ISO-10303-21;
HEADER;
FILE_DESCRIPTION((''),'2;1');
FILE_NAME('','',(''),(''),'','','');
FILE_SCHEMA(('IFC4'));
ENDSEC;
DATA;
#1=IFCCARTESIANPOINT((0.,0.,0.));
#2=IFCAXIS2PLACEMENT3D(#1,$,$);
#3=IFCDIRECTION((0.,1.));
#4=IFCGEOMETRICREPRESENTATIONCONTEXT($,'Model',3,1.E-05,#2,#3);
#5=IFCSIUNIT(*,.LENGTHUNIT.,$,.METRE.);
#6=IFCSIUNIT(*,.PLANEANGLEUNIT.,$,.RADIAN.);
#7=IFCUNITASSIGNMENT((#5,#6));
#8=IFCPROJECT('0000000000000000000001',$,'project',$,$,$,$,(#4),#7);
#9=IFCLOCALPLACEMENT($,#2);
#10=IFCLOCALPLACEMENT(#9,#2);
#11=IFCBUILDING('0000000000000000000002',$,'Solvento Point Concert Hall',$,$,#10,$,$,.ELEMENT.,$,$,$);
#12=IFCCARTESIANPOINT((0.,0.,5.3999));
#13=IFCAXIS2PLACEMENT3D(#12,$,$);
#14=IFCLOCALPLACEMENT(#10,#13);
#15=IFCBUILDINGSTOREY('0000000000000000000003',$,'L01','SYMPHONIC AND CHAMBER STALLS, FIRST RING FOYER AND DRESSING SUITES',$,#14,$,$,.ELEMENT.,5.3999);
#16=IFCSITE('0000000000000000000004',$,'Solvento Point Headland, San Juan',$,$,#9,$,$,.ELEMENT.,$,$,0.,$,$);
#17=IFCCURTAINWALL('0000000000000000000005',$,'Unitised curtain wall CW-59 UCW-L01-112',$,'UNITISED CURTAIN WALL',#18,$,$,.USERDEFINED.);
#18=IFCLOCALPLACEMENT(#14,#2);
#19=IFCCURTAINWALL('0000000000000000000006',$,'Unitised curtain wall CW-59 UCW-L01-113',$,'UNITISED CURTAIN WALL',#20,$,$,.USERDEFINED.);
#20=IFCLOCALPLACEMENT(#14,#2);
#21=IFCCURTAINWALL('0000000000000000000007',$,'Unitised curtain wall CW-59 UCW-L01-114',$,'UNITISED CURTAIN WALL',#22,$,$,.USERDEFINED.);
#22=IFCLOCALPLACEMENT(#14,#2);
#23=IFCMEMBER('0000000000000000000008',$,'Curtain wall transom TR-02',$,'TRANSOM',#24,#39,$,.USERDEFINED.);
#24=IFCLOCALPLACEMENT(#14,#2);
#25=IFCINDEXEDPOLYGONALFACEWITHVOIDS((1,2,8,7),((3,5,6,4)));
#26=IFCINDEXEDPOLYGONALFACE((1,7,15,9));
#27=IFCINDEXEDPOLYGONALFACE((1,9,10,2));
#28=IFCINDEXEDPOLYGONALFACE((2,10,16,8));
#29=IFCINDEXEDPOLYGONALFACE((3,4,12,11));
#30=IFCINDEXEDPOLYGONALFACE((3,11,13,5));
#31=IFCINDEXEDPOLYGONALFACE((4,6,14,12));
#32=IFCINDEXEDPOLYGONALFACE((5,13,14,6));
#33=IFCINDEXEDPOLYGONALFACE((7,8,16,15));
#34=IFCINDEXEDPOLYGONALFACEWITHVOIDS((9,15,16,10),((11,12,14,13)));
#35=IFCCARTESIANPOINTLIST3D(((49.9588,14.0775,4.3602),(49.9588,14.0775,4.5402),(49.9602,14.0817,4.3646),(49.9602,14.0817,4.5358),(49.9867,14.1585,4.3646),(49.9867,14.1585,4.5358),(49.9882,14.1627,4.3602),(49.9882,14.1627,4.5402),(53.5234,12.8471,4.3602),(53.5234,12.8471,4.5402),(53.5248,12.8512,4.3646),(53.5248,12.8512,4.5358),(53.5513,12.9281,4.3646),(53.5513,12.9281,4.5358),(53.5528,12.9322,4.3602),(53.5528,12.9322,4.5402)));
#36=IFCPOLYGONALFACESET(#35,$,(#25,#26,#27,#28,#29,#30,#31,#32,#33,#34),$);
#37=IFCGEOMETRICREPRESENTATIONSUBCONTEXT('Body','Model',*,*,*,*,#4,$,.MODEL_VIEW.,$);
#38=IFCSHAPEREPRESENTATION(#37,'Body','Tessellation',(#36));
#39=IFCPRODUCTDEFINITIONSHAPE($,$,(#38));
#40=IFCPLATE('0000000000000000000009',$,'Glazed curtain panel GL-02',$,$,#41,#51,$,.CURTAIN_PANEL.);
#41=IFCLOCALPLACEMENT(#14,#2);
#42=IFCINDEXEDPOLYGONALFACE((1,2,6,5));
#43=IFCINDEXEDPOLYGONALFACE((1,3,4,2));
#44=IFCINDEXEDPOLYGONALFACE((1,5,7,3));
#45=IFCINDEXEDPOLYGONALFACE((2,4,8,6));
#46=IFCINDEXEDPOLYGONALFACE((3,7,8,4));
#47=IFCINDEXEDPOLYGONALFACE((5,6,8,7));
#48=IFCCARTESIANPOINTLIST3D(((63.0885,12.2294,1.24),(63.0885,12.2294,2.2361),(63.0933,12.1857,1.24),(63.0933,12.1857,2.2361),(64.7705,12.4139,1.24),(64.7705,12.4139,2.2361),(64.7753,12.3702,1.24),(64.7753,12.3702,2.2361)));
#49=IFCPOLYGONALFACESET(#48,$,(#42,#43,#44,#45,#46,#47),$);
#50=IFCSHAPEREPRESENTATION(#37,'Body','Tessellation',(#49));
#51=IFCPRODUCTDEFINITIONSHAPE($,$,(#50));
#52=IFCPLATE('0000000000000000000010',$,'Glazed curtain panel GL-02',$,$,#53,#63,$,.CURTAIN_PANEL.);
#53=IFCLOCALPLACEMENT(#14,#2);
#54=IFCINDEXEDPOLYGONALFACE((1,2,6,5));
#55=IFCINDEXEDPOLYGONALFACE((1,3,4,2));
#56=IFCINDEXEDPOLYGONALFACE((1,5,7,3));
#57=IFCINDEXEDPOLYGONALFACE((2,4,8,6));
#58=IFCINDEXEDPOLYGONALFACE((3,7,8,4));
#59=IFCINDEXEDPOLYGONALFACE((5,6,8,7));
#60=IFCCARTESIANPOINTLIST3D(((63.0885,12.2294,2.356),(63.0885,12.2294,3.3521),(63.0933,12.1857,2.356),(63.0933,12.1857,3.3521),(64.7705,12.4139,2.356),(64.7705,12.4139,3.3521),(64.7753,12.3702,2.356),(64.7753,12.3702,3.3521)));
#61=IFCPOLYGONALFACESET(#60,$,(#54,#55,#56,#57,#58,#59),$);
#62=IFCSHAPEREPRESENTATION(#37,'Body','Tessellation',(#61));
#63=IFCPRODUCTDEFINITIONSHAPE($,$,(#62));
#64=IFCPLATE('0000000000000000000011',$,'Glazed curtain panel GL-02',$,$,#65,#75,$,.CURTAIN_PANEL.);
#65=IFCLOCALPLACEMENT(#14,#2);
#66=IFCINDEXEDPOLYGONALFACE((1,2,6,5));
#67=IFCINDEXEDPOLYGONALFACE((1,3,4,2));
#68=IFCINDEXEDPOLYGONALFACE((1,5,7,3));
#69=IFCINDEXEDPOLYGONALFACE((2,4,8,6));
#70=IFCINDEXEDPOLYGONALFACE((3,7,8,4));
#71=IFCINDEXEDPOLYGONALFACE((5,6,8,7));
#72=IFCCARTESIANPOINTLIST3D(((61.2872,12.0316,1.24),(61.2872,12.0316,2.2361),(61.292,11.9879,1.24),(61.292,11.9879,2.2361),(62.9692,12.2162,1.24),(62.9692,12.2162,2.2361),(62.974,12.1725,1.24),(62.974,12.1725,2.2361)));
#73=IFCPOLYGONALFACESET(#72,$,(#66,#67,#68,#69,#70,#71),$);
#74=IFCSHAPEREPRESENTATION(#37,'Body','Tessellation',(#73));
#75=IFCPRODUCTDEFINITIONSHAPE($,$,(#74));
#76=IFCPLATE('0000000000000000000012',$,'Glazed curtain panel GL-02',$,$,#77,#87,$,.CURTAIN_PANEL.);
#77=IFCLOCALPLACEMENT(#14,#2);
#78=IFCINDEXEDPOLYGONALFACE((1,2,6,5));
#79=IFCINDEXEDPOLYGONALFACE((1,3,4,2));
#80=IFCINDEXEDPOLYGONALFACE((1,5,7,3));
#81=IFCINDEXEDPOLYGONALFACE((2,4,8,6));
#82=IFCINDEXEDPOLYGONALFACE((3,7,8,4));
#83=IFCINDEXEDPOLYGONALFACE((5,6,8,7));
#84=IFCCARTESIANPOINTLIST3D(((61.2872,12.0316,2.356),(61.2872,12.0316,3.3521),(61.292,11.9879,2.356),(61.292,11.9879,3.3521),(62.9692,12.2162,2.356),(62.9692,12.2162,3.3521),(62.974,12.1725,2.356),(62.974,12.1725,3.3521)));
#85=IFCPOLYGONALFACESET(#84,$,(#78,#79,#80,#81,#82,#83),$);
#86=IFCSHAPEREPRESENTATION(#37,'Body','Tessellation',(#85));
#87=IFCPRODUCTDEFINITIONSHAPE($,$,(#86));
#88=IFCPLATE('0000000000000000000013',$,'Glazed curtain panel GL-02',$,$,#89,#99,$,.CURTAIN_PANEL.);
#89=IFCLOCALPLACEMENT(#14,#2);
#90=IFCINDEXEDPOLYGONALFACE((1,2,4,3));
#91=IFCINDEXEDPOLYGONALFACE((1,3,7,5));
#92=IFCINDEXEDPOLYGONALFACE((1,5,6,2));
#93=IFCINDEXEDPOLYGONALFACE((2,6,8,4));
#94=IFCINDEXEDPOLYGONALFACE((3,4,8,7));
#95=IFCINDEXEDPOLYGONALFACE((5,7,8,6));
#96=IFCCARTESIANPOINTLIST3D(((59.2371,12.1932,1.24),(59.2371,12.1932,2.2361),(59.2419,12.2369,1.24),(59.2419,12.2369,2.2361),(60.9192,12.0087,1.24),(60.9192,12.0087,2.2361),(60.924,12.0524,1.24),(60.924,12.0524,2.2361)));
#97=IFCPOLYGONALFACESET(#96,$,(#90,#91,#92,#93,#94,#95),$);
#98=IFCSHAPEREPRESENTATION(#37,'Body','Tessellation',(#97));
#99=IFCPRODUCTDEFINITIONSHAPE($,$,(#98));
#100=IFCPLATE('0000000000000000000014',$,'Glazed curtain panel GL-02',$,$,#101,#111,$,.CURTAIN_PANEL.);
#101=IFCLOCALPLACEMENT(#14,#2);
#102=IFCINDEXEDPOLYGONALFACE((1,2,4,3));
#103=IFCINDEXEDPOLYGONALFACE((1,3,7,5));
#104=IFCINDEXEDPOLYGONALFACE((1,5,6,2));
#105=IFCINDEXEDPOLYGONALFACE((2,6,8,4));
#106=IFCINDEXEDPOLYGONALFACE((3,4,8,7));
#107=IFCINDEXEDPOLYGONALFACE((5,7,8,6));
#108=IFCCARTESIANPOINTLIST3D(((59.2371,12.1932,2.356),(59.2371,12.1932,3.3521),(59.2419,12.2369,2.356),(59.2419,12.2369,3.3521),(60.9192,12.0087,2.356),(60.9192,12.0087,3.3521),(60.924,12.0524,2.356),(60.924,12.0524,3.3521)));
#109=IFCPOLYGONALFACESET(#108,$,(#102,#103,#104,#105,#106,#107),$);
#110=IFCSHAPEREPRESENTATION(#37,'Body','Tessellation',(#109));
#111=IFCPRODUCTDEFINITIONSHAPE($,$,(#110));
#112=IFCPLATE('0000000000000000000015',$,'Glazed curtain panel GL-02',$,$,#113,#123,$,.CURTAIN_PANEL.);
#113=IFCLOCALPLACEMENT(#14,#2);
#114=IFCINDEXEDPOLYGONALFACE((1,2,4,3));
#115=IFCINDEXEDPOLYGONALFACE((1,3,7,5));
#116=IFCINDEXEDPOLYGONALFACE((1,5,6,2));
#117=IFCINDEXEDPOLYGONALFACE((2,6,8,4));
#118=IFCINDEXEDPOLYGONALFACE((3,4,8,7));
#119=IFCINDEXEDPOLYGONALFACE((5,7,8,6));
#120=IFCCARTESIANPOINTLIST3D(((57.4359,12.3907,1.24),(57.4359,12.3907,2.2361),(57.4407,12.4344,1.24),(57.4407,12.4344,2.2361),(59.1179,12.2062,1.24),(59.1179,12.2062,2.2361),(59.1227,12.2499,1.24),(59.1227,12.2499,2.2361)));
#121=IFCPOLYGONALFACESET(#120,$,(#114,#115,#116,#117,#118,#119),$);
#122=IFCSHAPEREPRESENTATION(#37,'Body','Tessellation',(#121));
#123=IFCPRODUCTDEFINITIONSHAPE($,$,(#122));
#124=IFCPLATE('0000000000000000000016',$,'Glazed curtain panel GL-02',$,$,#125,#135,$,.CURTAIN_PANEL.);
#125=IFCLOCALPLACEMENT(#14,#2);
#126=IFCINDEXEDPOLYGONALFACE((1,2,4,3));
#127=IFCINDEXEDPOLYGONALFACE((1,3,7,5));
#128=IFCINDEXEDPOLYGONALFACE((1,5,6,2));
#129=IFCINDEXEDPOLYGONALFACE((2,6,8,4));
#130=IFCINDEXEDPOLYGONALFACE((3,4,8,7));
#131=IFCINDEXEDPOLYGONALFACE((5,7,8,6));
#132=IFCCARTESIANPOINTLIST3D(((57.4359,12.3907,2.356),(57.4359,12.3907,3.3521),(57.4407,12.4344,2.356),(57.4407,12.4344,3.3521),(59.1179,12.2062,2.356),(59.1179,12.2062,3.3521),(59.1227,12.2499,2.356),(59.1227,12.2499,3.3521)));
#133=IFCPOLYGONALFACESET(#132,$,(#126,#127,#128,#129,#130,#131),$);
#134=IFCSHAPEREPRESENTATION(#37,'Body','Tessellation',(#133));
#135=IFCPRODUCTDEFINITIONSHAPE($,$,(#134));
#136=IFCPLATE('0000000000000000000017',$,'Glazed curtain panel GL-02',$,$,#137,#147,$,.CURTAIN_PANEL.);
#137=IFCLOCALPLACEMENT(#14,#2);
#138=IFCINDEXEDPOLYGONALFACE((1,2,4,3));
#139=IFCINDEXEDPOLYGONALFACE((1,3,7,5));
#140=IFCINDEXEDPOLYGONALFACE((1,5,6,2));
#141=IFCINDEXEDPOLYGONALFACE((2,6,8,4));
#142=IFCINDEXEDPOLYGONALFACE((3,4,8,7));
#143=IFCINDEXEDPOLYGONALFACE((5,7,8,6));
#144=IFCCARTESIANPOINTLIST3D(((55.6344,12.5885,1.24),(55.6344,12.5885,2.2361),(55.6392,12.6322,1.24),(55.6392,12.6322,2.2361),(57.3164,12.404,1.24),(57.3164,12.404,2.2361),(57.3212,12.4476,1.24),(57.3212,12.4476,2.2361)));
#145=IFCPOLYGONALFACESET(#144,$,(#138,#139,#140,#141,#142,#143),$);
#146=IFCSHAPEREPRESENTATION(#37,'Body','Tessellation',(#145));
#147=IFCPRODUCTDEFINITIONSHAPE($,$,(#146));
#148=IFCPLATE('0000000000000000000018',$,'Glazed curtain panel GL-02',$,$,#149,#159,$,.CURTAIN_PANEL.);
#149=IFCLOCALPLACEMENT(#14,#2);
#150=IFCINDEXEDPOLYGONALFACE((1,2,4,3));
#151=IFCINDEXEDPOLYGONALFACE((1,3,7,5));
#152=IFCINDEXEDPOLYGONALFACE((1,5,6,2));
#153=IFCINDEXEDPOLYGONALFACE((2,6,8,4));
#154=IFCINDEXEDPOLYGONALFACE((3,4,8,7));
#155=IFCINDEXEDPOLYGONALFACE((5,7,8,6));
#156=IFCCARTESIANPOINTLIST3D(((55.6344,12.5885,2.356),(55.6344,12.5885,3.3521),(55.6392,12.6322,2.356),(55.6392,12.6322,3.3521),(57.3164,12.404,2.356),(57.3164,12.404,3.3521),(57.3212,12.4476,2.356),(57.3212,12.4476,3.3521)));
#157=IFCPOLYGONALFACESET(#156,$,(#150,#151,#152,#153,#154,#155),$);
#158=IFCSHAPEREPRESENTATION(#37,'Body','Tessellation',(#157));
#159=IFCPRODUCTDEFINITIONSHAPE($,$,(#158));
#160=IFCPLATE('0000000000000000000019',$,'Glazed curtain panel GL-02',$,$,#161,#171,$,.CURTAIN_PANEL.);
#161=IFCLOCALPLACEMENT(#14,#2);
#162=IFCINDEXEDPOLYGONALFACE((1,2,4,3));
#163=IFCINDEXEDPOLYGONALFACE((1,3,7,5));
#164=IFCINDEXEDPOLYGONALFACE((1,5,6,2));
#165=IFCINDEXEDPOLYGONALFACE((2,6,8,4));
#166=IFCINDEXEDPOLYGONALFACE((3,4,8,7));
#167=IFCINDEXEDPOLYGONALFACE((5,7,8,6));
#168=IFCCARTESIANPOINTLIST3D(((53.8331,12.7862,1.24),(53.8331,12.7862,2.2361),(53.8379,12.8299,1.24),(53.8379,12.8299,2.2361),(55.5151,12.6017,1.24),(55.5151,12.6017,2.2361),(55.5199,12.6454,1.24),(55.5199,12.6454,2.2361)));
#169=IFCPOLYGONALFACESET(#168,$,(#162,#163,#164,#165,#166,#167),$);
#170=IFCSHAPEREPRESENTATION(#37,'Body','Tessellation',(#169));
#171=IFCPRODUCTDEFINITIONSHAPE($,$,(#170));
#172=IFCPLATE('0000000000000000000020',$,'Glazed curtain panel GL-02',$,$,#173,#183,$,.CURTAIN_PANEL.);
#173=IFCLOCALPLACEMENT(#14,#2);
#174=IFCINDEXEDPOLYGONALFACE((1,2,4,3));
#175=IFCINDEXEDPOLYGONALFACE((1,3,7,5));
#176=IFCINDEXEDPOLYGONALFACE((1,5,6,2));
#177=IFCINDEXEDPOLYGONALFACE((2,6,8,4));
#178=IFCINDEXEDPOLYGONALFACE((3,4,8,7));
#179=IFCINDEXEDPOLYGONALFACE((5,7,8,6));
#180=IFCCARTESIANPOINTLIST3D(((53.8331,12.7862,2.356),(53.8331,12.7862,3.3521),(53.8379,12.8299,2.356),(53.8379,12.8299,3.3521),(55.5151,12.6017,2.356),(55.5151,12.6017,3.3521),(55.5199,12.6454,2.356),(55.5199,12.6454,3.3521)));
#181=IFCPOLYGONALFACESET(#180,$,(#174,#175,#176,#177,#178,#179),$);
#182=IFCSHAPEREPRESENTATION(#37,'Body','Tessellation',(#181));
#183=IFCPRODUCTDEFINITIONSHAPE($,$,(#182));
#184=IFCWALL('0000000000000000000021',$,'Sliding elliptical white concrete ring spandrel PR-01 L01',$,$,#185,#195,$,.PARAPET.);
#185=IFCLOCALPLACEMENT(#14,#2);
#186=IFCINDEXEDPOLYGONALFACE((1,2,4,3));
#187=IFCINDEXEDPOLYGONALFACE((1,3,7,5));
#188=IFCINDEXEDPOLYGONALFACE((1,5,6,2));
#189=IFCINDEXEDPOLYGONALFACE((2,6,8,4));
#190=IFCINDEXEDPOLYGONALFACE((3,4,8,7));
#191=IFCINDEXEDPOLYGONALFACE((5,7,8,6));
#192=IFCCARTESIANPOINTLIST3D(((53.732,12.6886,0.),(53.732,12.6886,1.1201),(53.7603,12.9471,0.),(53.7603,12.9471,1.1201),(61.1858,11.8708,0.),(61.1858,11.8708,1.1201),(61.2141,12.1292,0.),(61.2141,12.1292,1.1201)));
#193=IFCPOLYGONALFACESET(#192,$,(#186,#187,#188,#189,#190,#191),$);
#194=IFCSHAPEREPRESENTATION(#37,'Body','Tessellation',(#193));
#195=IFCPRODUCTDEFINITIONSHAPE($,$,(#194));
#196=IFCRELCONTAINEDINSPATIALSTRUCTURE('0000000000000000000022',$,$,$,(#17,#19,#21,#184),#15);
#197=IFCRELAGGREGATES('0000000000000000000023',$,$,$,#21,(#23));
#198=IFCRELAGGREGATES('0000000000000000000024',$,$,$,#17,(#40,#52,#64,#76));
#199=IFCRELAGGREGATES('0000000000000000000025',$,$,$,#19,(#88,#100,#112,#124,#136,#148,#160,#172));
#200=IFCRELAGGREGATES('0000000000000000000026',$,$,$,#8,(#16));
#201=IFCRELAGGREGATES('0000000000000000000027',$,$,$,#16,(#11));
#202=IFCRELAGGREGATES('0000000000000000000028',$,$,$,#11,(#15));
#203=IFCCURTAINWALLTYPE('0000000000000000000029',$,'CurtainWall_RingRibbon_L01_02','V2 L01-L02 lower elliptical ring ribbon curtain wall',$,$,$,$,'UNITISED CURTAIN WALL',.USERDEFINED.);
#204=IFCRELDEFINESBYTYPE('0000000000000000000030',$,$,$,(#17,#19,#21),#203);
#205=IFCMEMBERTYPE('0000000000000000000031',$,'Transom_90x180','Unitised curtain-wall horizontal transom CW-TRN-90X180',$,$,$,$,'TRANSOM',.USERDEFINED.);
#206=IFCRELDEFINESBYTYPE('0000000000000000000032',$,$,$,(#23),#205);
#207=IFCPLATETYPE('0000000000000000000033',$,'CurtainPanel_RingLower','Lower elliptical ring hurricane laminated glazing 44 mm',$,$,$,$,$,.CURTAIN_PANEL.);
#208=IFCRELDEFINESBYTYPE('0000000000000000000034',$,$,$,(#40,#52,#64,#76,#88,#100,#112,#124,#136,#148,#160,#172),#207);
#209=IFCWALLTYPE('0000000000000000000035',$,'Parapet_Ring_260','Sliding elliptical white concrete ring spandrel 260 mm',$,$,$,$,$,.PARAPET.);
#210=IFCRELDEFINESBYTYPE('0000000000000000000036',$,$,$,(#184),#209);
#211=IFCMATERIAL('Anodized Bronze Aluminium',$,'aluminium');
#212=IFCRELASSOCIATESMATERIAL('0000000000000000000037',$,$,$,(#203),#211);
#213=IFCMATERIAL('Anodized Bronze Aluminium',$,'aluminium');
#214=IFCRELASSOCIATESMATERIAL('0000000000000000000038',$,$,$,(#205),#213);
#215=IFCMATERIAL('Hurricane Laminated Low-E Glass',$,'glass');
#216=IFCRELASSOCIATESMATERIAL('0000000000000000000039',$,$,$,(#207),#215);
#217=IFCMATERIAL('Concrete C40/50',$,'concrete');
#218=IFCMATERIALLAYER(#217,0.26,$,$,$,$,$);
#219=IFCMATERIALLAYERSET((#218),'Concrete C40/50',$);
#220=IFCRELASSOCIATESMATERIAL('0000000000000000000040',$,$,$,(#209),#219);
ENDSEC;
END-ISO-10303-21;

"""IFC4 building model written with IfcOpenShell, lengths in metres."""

from ifc_helpers import new_model, si_unit, direction, frame, frame_2d, origin, origin_2d, place, context, subcontext, project, spatial, rectangle, hollow_rectangle, extrude, material, layer, layer_set, material_profile, profile_set, type_object, element, aggregate, save


model = new_model("IFC4")

# Units and contexts
model_context = context("Model", 3, precision=1e-05, world=origin(), true_north=direction((0.0, 1.0)))
body_context = subcontext(model_context, "Body", "Model", "MODEL_VIEW")
ifc_project = project(units=[si_unit("LENGTHUNIT", "METRE"), si_unit("PLANEANGLEUNIT", "RADIAN")], contexts=[model_context])

# Site, building, storey
site_placement = place(None, origin())
site = spatial("IfcSite", under=ifc_project, at=site_placement, Name="Solvento Point Headland, San Juan", CompositionType="ELEMENT", RefElevation=0.0)
building_placement = place(site_placement, origin())
building = spatial("IfcBuilding", under=site, at=building_placement, Name="Solvento Point Concert Hall", CompositionType="ELEMENT")
storey_placement = place(building_placement, frame((0.0, 0.0, 5.3999)))
storey = spatial("IfcBuildingStorey", under=building, at=storey_placement, Name="L01", Description="SYMPHONIC AND CHAMBER STALLS, FIRST RING FOYER AND DRESSING SUITES", CompositionType="ELEMENT", Elevation=5.3999)

# Curtain walls
ifc_material_1 = material(Name="Anodized Bronze Aluminium", Category="aluminium")
curtain_wall_type = type_object("IfcCurtainWallType", Name="CurtainWall_RingRibbon_L01_02", Description="V2 L01-L02 lower elliptical ring ribbon curtain wall", ElementType="UNITISED CURTAIN WALL", PredefinedType="USERDEFINED", material=ifc_material_1)
curtain_wall_1_placement = place(storey_placement, origin())
curtain_wall_1 = element("IfcCurtainWall", 1, at=curtain_wall_1_placement, inside=storey, type_object=curtain_wall_type, Name="Unitised curtain wall CW-59 UCW-L01-112", ObjectType="UNITISED CURTAIN WALL", PredefinedType="USERDEFINED")
curtain_wall_2_placement = place(storey_placement, origin())
curtain_wall_2 = element("IfcCurtainWall", 2, at=curtain_wall_2_placement, inside=storey, type_object=curtain_wall_type, Name="Unitised curtain wall CW-59 UCW-L01-113", ObjectType="UNITISED CURTAIN WALL", PredefinedType="USERDEFINED")

# Shared definitions
ifc_material_2 = material(Name="Anodized Bronze Aluminium", Category="aluminium")
ifc_material_profile_1 = material_profile(ifc_material_2, hollow_rectangle(XDim=0.0901, YDim=0.1799, WallThickness=0.0044, at=origin_2d()), Name="CW-TRN-90X180")
ifc_profile_set_1 = profile_set([ifc_material_profile_1], Name="Anodized Bronze Aluminium")
member_type_1 = type_object("IfcMemberType", Name="Transom_90x180", Description="Unitised curtain-wall horizontal transom CW-TRN-90X180", ElementType="TRANSOM", PredefinedType="USERDEFINED", material=ifc_profile_set_1)

# Curtain wall, member
curtain_wall_3_placement = place(storey_placement, origin())
curtain_wall_3 = element("IfcCurtainWall", 3, at=curtain_wall_3_placement, inside=storey, type_object=curtain_wall_type, Name="Unitised curtain wall CW-59 UCW-L01-114", ObjectType="UNITISED CURTAIN WALL", PredefinedType="USERDEFINED")
member_1_placement = place(storey_placement, frame((53.5381, 12.8896, 4.4502), z_axis=(-0.94527, 0.32629, 0.0), x_axis=(-0.32629, -0.94527, 0.0)))
member_1 = element("IfcMember", 4, at=member_1_placement, type_object=member_type_1, Name="Curtain wall transom TR-02", ObjectType="TRANSOM", PredefinedType="USERDEFINED", context=body_context, shape_type="SweptSolid", body=[
    extrude(hollow_rectangle(XDim=0.0901, YDim=0.1799, WallThickness=0.0044, at=origin_2d()), origin(), (0.0, 0.0, 1.0), 3.771),
])
aggregate(curtain_wall_3, [member_1])

# Plates
ifc_material_3 = material(Name="Hurricane Laminated Low-E Glass", Category="glass")
plate_type = type_object("IfcPlateType", Name="CurtainPanel_RingLower", Description="Lower elliptical ring hurricane laminated glazing 44 mm", PredefinedType="CURTAIN_PANEL", material=ifc_material_3)
plate_1_placement = place(storey_placement, frame((63.9319, 12.2998, 1.24), z_axis=(0.0, 0.0, 1.0), x_axis=(-0.994035, -0.109058, 0.0)))
plate_1 = element("IfcPlate", 5, at=plate_1_placement, type_object=plate_type, Name="Glazed curtain panel GL-02", PredefinedType="CURTAIN_PANEL", context=body_context, shape_type="SweptSolid", body=[
    extrude(rectangle(XDim=1.6921, YDim=0.0439, at=origin_2d()), origin(), (0.0, 0.0, 1.0), 0.9961),
])
plate_2_placement = place(storey_placement, frame((63.9319, 12.2998, 2.356), z_axis=(0.0, 0.0, 1.0), x_axis=(-0.994035, -0.109058, 0.0)))
plate_2 = element("IfcPlate", 6, at=plate_2_placement, type_object=plate_type, Name="Glazed curtain panel GL-02", PredefinedType="CURTAIN_PANEL", context=body_context, shape_type="SweptSolid", body=[
    extrude(rectangle(XDim=1.6921, YDim=0.0439, at=origin_2d()), origin(), (0.0, 0.0, 1.0), 0.9961),
])
plate_3_placement = place(storey_placement, frame((62.1306, 12.1021, 1.24), z_axis=(0.0, 0.0, 1.0), x_axis=(-0.994035, -0.109058, 0.0)))
plate_3 = element("IfcPlate", 7, at=plate_3_placement, type_object=plate_type, Name="Glazed curtain panel GL-02", PredefinedType="CURTAIN_PANEL", context=body_context, shape_type="SweptSolid", body=[
    extrude(rectangle(XDim=1.6921, YDim=0.0439, at=origin_2d()), origin(), (0.0, 0.0, 1.0), 0.9961),
])
plate_4_placement = place(storey_placement, frame((62.1306, 12.1021, 2.356), z_axis=(0.0, 0.0, 1.0), x_axis=(-0.994035, -0.109058, 0.0)))
plate_4 = element("IfcPlate", 8, at=plate_4_placement, type_object=plate_type, Name="Glazed curtain panel GL-02", PredefinedType="CURTAIN_PANEL", context=body_context, shape_type="SweptSolid", body=[
    extrude(rectangle(XDim=1.6921, YDim=0.0439, at=origin_2d()), origin(), (0.0, 0.0, 1.0), 0.9961),
])
aggregate(curtain_wall_1, [plate_1, plate_2, plate_3, plate_4])
plate_5_placement = place(storey_placement, frame((60.0806, 12.1228, 1.24), z_axis=(0.0, 0.0, 1.0), x_axis=(-0.994035, 0.109058, 0.0)))
plate_5 = element("IfcPlate", 9, at=plate_5_placement, type_object=plate_type, Name="Glazed curtain panel GL-02", PredefinedType="CURTAIN_PANEL", context=body_context, shape_type="SweptSolid", body=[
    extrude(rectangle(XDim=1.6921, YDim=0.0439, at=origin_2d()), origin(), (0.0, 0.0, 1.0), 0.9961),
])
plate_6_placement = place(storey_placement, frame((60.0806, 12.1228, 2.356), z_axis=(0.0, 0.0, 1.0), x_axis=(-0.994035, 0.109058, 0.0)))
plate_6 = element("IfcPlate", 10, at=plate_6_placement, type_object=plate_type, Name="Glazed curtain panel GL-02", PredefinedType="CURTAIN_PANEL", context=body_context, shape_type="SweptSolid", body=[
    extrude(rectangle(XDim=1.6921, YDim=0.0439, at=origin_2d()), origin(), (0.0, 0.0, 1.0), 0.9961),
])
plate_7_placement = place(storey_placement, frame((58.2793, 12.3203, 1.24), z_axis=(0.0, 0.0, 1.0), x_axis=(-0.994035, 0.109058, 0.0)))
plate_7 = element("IfcPlate", 11, at=plate_7_placement, type_object=plate_type, Name="Glazed curtain panel GL-02", PredefinedType="CURTAIN_PANEL", context=body_context, shape_type="SweptSolid", body=[
    extrude(rectangle(XDim=1.6921, YDim=0.0439, at=origin_2d()), origin(), (0.0, 0.0, 1.0), 0.9961),
])
plate_8_placement = place(storey_placement, frame((58.2793, 12.3203, 2.356), z_axis=(0.0, 0.0, 1.0), x_axis=(-0.994035, 0.109058, 0.0)))
plate_8 = element("IfcPlate", 12, at=plate_8_placement, type_object=plate_type, Name="Glazed curtain panel GL-02", PredefinedType="CURTAIN_PANEL", context=body_context, shape_type="SweptSolid", body=[
    extrude(rectangle(XDim=1.6921, YDim=0.0439, at=origin_2d()), origin(), (0.0, 0.0, 1.0), 0.9961),
])
plate_9_placement = place(storey_placement, frame((56.4778, 12.5181, 1.24), z_axis=(0.0, 0.0, 1.0), x_axis=(-0.994035, 0.109058, 0.0)))
plate_9 = element("IfcPlate", 13, at=plate_9_placement, type_object=plate_type, Name="Glazed curtain panel GL-02", PredefinedType="CURTAIN_PANEL", context=body_context, shape_type="SweptSolid", body=[
    extrude(rectangle(XDim=1.6921, YDim=0.0439, at=origin_2d()), origin(), (0.0, 0.0, 1.0), 0.9961),
])
plate_10_placement = place(storey_placement, frame((56.4778, 12.5181, 2.356), z_axis=(0.0, 0.0, 1.0), x_axis=(-0.994035, 0.109058, 0.0)))
plate_10 = element("IfcPlate", 14, at=plate_10_placement, type_object=plate_type, Name="Glazed curtain panel GL-02", PredefinedType="CURTAIN_PANEL", context=body_context, shape_type="SweptSolid", body=[
    extrude(rectangle(XDim=1.6921, YDim=0.0439, at=origin_2d()), origin(), (0.0, 0.0, 1.0), 0.9961),
])
plate_11_placement = place(storey_placement, frame((54.6765, 12.7158, 1.24), z_axis=(0.0, 0.0, 1.0), x_axis=(-0.994035, 0.109058, 0.0)))
plate_11 = element("IfcPlate", 15, at=plate_11_placement, type_object=plate_type, Name="Glazed curtain panel GL-02", PredefinedType="CURTAIN_PANEL", context=body_context, shape_type="SweptSolid", body=[
    extrude(rectangle(XDim=1.6921, YDim=0.0439, at=origin_2d()), origin(), (0.0, 0.0, 1.0), 0.9961),
])
plate_12_placement = place(storey_placement, frame((54.6765, 12.7158, 2.356), z_axis=(0.0, 0.0, 1.0), x_axis=(-0.994035, 0.109058, 0.0)))
plate_12 = element("IfcPlate", 16, at=plate_12_placement, type_object=plate_type, Name="Glazed curtain panel GL-02", PredefinedType="CURTAIN_PANEL", context=body_context, shape_type="SweptSolid", body=[
    extrude(rectangle(XDim=1.6921, YDim=0.0439, at=origin_2d()), origin(), (0.0, 0.0, 1.0), 0.9961),
])
aggregate(curtain_wall_2, [plate_5, plate_6, plate_7, plate_8, plate_9, plate_10, plate_11, plate_12])

# Wall
ifc_material_4 = material(Name="Concrete C40/50", Category="concrete")
ifc_layer = layer(ifc_material_4, 0.26)
ifc_layer_set = layer_set([ifc_layer], Name="Concrete C40/50")
wall_type = type_object("IfcWallType", Name="Parapet_Ring_260", Description="Sliding elliptical white concrete ring spandrel 260 mm", PredefinedType="PARAPET", material=ifc_layer_set)
wall_1_placement = place(storey_placement, frame((61.2, 12.0, 0.0), z_axis=(0.0, 0.0, 1.0), x_axis=(-0.994034, 0.10907, 0.0)))
element("IfcWall", 17, at=wall_1_placement, inside=storey, type_object=wall_type, Name="Sliding elliptical white concrete ring spandrel PR-01 L01", PredefinedType="PARAPET", context=body_context, shape_type="SweptSolid", body=[
    extrude(rectangle(XDim=7.4985, YDim=0.26, at=frame_2d((3.7493, 0.0))), origin(), (0.0, 0.0, 1.0), 1.1201),
])

save(model, "model.ifc")
